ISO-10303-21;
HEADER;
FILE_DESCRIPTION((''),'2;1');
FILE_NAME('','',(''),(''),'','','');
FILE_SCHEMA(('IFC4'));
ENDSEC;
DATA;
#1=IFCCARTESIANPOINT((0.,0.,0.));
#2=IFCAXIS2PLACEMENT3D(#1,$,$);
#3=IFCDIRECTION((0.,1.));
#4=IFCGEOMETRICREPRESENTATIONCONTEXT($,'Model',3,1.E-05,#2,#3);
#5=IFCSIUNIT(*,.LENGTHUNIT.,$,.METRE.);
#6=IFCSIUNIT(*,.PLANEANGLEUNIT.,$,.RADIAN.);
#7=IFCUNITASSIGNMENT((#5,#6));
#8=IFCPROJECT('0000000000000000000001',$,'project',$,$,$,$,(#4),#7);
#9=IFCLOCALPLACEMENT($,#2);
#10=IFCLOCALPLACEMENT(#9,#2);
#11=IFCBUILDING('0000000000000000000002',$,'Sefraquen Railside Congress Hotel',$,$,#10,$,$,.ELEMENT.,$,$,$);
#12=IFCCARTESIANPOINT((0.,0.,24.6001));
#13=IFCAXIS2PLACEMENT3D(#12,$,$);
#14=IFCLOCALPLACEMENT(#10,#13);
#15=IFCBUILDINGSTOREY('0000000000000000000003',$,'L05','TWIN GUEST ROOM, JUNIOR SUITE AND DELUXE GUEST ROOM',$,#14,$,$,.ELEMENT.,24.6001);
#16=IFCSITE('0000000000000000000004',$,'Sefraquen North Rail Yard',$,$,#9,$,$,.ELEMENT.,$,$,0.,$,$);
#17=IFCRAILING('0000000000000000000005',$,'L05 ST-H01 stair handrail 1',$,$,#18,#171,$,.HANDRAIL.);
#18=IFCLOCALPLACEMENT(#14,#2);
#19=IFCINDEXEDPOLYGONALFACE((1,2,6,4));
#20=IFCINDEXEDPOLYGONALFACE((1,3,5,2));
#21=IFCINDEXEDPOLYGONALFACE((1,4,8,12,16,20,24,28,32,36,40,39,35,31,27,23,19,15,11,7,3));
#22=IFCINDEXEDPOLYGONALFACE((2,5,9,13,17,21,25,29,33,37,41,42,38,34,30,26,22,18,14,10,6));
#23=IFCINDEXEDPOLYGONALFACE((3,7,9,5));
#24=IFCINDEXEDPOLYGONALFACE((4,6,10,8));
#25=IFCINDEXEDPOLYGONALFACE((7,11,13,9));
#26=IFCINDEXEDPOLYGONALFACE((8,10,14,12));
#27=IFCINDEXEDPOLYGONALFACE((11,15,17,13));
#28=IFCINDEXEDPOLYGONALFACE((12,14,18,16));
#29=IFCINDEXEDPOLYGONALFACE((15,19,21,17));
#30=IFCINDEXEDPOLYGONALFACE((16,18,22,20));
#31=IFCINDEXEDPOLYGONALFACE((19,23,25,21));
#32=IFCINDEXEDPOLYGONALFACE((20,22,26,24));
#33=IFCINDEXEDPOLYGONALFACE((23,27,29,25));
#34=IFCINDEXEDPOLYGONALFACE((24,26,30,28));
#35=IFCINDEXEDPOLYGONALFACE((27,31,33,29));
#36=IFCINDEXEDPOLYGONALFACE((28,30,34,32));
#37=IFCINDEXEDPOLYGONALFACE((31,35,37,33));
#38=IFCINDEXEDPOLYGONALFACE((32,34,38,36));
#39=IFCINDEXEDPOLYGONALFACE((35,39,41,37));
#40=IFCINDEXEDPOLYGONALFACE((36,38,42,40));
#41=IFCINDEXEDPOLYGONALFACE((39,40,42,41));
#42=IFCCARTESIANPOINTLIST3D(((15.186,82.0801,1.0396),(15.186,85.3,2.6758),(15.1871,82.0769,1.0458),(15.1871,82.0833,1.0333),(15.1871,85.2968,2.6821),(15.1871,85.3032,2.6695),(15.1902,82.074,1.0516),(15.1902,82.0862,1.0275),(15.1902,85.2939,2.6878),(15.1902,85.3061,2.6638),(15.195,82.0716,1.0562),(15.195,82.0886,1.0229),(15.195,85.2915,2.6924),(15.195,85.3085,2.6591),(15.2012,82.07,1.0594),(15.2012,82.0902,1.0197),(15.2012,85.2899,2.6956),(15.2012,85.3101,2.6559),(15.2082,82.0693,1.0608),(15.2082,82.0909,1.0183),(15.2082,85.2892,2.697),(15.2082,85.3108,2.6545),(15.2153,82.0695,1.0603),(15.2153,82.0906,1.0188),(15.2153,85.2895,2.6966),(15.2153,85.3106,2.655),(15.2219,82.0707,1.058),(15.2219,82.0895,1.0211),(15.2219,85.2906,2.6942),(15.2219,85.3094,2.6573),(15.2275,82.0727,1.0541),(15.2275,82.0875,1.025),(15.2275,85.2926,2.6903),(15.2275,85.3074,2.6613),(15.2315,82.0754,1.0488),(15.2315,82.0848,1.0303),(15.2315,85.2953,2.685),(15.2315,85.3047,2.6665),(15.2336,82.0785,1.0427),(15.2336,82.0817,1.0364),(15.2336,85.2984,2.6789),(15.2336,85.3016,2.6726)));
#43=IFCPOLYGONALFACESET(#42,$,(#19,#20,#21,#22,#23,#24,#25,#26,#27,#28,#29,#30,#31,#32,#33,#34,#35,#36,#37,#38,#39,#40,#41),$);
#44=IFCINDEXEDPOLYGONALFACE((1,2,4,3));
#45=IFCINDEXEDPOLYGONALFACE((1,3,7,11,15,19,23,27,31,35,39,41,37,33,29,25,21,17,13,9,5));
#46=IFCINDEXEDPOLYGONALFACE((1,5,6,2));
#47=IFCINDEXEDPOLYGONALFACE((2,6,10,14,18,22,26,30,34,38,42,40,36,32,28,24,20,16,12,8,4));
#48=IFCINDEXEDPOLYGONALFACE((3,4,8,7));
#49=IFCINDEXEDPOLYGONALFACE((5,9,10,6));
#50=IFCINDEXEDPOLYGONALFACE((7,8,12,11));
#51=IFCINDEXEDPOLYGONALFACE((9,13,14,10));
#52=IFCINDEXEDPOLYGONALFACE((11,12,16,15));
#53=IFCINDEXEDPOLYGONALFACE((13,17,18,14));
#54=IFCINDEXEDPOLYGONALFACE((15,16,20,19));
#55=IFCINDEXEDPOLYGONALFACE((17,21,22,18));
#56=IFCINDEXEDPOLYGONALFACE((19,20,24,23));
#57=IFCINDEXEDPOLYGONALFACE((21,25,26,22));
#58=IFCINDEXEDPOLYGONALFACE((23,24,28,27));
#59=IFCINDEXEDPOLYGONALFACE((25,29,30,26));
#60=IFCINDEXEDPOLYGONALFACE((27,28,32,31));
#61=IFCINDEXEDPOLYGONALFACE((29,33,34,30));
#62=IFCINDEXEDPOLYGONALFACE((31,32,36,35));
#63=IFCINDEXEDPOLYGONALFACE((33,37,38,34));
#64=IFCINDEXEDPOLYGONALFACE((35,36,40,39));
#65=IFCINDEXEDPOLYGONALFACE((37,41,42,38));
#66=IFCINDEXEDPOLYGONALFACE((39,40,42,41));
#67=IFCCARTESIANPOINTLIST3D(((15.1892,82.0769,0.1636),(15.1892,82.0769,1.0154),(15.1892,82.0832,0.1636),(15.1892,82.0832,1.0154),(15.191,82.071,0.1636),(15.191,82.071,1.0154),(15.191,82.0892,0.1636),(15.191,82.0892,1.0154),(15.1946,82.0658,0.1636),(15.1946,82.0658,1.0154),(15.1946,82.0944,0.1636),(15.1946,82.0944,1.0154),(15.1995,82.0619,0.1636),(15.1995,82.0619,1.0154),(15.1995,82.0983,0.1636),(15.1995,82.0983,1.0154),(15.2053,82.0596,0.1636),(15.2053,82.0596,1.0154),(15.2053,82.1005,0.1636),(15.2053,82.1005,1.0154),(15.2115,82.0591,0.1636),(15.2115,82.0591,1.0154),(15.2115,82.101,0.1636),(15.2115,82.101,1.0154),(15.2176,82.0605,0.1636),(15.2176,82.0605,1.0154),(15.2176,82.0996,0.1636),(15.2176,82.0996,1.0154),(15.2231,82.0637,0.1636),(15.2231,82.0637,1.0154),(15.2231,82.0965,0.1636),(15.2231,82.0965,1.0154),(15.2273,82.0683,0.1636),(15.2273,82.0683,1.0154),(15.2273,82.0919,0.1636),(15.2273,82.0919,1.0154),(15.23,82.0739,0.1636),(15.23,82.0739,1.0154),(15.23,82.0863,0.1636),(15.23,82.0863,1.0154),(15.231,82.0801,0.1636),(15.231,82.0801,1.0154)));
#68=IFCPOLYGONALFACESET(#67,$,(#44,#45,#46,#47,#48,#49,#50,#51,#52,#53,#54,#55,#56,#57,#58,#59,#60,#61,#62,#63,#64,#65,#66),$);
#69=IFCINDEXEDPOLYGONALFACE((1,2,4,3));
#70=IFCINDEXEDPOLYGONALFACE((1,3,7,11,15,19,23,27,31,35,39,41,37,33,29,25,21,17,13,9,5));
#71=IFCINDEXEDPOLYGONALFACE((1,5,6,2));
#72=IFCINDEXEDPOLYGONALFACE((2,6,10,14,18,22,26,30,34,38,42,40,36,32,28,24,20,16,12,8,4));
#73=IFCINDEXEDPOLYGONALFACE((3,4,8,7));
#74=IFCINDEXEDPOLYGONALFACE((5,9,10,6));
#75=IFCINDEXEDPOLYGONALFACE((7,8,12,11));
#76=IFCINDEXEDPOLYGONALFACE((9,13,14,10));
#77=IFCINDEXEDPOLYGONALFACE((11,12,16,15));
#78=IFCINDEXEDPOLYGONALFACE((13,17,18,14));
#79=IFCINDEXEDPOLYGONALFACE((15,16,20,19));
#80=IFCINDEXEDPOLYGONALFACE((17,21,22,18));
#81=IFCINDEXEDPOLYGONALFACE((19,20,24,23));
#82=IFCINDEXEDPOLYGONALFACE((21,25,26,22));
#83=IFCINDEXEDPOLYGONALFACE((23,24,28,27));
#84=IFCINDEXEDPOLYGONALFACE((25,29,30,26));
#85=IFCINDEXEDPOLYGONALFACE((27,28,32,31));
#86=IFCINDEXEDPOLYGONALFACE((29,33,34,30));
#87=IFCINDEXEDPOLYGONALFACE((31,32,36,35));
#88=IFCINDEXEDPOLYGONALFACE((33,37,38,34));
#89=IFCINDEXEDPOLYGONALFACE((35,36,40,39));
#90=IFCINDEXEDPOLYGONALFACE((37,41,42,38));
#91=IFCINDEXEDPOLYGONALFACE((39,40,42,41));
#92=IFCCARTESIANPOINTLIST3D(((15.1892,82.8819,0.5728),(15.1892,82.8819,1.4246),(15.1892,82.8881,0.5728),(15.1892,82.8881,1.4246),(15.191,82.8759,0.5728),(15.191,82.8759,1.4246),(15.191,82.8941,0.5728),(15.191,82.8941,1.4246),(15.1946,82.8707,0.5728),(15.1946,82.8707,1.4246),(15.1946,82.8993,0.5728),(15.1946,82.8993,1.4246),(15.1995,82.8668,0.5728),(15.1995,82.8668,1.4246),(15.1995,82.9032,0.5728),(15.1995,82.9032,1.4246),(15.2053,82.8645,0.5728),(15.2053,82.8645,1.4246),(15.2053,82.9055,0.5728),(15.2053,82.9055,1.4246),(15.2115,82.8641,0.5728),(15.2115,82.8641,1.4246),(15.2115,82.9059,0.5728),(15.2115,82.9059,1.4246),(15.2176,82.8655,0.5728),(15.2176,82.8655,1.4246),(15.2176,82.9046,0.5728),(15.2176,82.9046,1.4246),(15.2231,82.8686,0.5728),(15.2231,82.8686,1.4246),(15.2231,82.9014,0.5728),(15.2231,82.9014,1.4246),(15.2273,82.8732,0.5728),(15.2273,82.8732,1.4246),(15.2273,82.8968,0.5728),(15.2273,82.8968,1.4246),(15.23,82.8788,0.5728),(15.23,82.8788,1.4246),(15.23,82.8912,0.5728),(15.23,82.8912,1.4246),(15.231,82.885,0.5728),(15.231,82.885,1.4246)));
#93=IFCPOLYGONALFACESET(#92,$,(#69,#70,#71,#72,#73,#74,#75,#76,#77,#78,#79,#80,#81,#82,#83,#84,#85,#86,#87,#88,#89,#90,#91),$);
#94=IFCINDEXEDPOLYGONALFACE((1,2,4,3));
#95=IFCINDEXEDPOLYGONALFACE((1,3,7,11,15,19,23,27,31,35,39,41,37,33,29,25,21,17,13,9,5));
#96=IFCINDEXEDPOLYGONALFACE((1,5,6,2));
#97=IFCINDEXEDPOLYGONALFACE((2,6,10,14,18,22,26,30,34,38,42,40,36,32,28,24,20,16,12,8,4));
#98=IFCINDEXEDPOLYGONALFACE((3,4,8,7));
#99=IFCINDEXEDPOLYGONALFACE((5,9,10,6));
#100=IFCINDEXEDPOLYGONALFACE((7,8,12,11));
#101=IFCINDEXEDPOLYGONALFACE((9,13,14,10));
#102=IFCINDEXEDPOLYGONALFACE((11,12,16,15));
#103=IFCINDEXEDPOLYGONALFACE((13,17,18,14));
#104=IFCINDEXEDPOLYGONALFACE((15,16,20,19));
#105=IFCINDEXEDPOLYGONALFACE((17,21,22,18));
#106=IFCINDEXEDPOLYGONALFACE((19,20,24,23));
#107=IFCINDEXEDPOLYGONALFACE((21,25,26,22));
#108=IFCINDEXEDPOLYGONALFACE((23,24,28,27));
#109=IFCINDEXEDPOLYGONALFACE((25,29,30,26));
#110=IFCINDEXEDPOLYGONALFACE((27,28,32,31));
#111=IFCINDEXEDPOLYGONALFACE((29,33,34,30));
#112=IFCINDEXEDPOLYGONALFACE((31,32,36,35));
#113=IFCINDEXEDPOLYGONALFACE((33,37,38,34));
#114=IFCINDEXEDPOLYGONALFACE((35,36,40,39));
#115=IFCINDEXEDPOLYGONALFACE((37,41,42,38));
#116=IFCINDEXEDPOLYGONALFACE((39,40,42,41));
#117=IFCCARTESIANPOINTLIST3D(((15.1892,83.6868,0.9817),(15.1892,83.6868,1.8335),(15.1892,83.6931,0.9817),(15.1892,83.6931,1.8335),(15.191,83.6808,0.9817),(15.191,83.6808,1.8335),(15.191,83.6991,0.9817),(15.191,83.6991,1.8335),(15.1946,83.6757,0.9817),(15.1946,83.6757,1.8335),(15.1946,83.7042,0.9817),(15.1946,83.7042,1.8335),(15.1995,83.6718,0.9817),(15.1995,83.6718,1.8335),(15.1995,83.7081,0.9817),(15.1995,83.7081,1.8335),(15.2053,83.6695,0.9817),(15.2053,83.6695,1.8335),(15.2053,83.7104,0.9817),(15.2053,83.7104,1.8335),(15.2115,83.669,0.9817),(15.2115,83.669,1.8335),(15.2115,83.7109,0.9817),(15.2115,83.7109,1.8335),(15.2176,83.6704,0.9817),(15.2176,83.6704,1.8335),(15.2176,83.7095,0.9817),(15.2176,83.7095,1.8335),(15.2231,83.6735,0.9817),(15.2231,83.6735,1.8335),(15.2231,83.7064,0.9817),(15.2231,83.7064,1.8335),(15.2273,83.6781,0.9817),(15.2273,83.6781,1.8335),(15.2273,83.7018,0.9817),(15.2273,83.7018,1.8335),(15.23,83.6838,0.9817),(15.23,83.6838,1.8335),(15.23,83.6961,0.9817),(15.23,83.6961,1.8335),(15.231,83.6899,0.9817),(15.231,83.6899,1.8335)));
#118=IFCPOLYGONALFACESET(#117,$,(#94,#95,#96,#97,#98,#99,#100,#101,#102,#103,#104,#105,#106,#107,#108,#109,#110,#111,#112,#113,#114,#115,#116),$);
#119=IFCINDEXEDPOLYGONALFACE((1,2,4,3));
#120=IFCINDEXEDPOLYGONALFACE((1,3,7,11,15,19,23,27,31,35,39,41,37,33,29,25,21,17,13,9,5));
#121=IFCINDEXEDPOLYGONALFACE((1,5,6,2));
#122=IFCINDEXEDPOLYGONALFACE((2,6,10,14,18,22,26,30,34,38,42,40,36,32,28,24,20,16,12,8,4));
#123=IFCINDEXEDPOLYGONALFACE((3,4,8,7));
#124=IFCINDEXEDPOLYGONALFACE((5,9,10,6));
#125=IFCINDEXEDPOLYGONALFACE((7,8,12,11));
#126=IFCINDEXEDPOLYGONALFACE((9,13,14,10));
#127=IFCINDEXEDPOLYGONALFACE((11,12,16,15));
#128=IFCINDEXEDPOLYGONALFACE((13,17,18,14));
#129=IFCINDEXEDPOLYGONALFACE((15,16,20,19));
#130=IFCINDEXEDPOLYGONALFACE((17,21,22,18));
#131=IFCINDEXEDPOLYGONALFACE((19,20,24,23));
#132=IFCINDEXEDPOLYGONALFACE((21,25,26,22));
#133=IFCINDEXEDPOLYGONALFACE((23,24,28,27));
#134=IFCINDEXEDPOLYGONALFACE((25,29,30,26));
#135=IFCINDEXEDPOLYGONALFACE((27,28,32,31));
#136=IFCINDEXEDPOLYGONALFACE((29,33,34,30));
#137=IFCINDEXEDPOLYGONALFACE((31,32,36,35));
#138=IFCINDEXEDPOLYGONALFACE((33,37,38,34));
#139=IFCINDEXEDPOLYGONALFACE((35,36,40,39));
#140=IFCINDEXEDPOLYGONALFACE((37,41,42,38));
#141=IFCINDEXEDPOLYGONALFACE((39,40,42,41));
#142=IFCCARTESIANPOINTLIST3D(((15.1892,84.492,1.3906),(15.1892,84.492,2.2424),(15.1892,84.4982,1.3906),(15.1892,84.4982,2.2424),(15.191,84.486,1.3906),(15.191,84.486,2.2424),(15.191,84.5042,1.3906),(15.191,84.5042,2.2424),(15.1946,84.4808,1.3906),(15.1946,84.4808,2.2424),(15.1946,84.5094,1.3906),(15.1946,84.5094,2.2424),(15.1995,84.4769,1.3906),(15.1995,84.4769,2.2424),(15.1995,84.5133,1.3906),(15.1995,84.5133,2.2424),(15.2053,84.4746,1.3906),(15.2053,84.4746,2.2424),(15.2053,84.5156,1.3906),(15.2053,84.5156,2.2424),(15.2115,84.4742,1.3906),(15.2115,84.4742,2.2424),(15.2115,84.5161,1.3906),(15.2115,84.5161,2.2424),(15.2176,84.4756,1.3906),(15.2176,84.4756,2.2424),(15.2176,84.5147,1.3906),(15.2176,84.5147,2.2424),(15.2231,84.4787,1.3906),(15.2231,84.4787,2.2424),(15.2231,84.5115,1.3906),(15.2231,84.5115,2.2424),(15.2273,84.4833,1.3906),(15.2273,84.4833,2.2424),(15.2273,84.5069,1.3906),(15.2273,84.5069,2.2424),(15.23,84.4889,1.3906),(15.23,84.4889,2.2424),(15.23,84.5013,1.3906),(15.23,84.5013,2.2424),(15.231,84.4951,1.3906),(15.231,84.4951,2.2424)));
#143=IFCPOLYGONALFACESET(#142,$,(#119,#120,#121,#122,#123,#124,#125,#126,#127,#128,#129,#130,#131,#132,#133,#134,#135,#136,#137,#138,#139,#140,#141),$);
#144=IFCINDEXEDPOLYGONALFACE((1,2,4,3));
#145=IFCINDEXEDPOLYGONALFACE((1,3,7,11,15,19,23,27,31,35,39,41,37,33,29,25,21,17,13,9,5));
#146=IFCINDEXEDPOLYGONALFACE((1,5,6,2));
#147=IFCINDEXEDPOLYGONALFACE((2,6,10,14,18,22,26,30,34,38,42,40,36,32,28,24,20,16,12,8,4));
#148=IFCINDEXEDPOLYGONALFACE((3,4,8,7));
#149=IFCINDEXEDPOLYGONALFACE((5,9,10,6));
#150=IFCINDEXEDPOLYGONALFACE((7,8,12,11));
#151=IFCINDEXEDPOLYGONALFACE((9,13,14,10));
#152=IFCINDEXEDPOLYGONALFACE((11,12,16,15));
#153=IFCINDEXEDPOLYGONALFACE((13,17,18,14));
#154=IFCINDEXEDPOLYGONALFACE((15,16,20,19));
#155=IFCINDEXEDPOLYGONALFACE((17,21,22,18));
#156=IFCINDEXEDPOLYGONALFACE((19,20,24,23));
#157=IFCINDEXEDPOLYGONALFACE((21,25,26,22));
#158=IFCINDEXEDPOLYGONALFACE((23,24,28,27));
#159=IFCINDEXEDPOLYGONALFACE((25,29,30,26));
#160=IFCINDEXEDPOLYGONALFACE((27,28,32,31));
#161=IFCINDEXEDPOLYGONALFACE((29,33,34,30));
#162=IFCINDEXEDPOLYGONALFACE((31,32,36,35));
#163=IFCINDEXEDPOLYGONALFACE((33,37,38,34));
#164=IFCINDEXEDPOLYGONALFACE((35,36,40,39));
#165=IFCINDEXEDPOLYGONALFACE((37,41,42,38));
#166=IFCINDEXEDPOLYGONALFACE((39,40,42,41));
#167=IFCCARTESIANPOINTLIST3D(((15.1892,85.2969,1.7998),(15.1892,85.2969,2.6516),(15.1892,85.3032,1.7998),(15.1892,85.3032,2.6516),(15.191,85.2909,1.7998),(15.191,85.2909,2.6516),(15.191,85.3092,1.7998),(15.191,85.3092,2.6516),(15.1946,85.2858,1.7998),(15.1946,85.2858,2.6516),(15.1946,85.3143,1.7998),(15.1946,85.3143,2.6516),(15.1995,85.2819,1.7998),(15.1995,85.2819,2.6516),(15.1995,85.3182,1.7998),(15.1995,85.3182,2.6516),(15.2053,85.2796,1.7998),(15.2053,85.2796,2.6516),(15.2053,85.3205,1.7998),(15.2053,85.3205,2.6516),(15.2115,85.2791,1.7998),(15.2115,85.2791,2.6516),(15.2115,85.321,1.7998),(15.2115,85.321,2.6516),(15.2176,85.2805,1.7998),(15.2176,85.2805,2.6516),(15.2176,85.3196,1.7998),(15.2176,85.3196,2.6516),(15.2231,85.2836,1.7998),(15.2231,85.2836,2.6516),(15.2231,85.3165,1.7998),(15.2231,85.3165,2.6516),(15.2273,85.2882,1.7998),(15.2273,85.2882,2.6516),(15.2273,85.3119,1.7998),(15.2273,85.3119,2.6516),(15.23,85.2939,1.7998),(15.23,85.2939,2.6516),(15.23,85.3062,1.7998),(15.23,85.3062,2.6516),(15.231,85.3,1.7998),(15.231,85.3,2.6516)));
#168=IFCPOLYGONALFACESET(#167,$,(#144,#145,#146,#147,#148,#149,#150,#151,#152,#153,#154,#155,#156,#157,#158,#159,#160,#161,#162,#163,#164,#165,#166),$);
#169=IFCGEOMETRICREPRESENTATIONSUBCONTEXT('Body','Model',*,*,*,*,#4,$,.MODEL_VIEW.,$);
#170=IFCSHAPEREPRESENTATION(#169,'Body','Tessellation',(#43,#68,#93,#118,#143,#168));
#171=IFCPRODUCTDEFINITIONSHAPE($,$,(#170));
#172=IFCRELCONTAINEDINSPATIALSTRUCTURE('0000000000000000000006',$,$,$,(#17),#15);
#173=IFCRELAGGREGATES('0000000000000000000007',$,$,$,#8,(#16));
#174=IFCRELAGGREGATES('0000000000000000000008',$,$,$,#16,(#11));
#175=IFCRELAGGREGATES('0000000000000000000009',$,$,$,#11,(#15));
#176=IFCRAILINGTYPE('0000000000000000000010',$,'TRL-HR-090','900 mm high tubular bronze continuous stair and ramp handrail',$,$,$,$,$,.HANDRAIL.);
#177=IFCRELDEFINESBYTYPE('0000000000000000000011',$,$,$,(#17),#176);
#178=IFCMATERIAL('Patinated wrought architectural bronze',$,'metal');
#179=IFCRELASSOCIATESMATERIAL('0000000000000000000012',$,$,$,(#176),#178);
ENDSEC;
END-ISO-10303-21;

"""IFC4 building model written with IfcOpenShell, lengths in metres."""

from ifc_helpers import new_model, si_unit, direction, frame, origin, origin_2d, place, context, subcontext, project, spatial, circle, extrude, material, type_object, element, save


model = new_model("IFC4")

# Units and contexts
model_context = context("Model", 3, precision=1e-05, world=origin(), true_north=direction((0.0, 1.0)))
body_context = subcontext(model_context, "Body", "Model", "MODEL_VIEW")
ifc_project = project(units=[si_unit("LENGTHUNIT", "METRE"), si_unit("PLANEANGLEUNIT", "RADIAN")], contexts=[model_context])

# Site, building, storey
site_placement = place(None, origin())
site = spatial("IfcSite", under=ifc_project, at=site_placement, Name="Sefraquen North Rail Yard", CompositionType="ELEMENT", RefElevation=0.0)
building_placement = place(site_placement, origin())
building = spatial("IfcBuilding", under=site, at=building_placement, Name="Sefraquen Railside Congress Hotel", CompositionType="ELEMENT")
storey_placement = place(building_placement, frame((0.0, 0.0, 24.6001)))
storey = spatial("IfcBuildingStorey", under=building, at=storey_placement, Name="L05", Description="TWIN GUEST ROOM, JUNIOR SUITE AND DELUXE GUEST ROOM", CompositionType="ELEMENT", Elevation=24.6001)

# Railing
ifc_material_1 = material(Name="Patinated wrought architectural bronze", Category="metal")
railing_type_1 = type_object("IfcRailingType", Name="TRL-HR-090", Description="900 mm high tubular bronze continuous stair and ramp handrail", PredefinedType="HANDRAIL", material=ifc_material_1)
railing_1_placement = place(storey_placement, frame((15.21, 82.0801, 0.1636)))
element("IfcRailing", 1, at=railing_1_placement, inside=storey, type_object=railing_type_1, Name="L05 ST-H01 stair handrail 1", PredefinedType="HANDRAIL", context=body_context, shape_type="SweptSolid", body=[
    extrude(circle(Radius=0.0239, at=origin_2d()), frame((0.0, 0.0, 0.876), z_axis=(0.0, 0.891502, 0.453017), x_axis=(-1.0, 0.0, 0.0)), (0.0, 0.0, 1.0), 3.6118),
    extrude(circle(Radius=0.021, at=origin_2d()), origin(), (0.0, 0.0, 1.0), 0.8518),
    extrude(circle(Radius=0.021, at=origin_2d()), frame((0.0, 0.8049, 0.4092)), (0.0, 0.0, 1.0), 0.8518),
    extrude(circle(Radius=0.021, at=origin_2d()), frame((0.0, 1.6099, 0.8181)), (0.0, 0.0, 1.0), 0.8518),
    extrude(circle(Radius=0.021, at=origin_2d()), frame((0.0, 2.415, 1.2271)), (0.0, 0.0, 1.0), 0.8518),
    extrude(circle(Radius=0.021, at=origin_2d()), frame((0.0, 3.22, 1.6362)), (0.0, 0.0, 1.0), 0.8518),
])

save(model, "model.ifc")
